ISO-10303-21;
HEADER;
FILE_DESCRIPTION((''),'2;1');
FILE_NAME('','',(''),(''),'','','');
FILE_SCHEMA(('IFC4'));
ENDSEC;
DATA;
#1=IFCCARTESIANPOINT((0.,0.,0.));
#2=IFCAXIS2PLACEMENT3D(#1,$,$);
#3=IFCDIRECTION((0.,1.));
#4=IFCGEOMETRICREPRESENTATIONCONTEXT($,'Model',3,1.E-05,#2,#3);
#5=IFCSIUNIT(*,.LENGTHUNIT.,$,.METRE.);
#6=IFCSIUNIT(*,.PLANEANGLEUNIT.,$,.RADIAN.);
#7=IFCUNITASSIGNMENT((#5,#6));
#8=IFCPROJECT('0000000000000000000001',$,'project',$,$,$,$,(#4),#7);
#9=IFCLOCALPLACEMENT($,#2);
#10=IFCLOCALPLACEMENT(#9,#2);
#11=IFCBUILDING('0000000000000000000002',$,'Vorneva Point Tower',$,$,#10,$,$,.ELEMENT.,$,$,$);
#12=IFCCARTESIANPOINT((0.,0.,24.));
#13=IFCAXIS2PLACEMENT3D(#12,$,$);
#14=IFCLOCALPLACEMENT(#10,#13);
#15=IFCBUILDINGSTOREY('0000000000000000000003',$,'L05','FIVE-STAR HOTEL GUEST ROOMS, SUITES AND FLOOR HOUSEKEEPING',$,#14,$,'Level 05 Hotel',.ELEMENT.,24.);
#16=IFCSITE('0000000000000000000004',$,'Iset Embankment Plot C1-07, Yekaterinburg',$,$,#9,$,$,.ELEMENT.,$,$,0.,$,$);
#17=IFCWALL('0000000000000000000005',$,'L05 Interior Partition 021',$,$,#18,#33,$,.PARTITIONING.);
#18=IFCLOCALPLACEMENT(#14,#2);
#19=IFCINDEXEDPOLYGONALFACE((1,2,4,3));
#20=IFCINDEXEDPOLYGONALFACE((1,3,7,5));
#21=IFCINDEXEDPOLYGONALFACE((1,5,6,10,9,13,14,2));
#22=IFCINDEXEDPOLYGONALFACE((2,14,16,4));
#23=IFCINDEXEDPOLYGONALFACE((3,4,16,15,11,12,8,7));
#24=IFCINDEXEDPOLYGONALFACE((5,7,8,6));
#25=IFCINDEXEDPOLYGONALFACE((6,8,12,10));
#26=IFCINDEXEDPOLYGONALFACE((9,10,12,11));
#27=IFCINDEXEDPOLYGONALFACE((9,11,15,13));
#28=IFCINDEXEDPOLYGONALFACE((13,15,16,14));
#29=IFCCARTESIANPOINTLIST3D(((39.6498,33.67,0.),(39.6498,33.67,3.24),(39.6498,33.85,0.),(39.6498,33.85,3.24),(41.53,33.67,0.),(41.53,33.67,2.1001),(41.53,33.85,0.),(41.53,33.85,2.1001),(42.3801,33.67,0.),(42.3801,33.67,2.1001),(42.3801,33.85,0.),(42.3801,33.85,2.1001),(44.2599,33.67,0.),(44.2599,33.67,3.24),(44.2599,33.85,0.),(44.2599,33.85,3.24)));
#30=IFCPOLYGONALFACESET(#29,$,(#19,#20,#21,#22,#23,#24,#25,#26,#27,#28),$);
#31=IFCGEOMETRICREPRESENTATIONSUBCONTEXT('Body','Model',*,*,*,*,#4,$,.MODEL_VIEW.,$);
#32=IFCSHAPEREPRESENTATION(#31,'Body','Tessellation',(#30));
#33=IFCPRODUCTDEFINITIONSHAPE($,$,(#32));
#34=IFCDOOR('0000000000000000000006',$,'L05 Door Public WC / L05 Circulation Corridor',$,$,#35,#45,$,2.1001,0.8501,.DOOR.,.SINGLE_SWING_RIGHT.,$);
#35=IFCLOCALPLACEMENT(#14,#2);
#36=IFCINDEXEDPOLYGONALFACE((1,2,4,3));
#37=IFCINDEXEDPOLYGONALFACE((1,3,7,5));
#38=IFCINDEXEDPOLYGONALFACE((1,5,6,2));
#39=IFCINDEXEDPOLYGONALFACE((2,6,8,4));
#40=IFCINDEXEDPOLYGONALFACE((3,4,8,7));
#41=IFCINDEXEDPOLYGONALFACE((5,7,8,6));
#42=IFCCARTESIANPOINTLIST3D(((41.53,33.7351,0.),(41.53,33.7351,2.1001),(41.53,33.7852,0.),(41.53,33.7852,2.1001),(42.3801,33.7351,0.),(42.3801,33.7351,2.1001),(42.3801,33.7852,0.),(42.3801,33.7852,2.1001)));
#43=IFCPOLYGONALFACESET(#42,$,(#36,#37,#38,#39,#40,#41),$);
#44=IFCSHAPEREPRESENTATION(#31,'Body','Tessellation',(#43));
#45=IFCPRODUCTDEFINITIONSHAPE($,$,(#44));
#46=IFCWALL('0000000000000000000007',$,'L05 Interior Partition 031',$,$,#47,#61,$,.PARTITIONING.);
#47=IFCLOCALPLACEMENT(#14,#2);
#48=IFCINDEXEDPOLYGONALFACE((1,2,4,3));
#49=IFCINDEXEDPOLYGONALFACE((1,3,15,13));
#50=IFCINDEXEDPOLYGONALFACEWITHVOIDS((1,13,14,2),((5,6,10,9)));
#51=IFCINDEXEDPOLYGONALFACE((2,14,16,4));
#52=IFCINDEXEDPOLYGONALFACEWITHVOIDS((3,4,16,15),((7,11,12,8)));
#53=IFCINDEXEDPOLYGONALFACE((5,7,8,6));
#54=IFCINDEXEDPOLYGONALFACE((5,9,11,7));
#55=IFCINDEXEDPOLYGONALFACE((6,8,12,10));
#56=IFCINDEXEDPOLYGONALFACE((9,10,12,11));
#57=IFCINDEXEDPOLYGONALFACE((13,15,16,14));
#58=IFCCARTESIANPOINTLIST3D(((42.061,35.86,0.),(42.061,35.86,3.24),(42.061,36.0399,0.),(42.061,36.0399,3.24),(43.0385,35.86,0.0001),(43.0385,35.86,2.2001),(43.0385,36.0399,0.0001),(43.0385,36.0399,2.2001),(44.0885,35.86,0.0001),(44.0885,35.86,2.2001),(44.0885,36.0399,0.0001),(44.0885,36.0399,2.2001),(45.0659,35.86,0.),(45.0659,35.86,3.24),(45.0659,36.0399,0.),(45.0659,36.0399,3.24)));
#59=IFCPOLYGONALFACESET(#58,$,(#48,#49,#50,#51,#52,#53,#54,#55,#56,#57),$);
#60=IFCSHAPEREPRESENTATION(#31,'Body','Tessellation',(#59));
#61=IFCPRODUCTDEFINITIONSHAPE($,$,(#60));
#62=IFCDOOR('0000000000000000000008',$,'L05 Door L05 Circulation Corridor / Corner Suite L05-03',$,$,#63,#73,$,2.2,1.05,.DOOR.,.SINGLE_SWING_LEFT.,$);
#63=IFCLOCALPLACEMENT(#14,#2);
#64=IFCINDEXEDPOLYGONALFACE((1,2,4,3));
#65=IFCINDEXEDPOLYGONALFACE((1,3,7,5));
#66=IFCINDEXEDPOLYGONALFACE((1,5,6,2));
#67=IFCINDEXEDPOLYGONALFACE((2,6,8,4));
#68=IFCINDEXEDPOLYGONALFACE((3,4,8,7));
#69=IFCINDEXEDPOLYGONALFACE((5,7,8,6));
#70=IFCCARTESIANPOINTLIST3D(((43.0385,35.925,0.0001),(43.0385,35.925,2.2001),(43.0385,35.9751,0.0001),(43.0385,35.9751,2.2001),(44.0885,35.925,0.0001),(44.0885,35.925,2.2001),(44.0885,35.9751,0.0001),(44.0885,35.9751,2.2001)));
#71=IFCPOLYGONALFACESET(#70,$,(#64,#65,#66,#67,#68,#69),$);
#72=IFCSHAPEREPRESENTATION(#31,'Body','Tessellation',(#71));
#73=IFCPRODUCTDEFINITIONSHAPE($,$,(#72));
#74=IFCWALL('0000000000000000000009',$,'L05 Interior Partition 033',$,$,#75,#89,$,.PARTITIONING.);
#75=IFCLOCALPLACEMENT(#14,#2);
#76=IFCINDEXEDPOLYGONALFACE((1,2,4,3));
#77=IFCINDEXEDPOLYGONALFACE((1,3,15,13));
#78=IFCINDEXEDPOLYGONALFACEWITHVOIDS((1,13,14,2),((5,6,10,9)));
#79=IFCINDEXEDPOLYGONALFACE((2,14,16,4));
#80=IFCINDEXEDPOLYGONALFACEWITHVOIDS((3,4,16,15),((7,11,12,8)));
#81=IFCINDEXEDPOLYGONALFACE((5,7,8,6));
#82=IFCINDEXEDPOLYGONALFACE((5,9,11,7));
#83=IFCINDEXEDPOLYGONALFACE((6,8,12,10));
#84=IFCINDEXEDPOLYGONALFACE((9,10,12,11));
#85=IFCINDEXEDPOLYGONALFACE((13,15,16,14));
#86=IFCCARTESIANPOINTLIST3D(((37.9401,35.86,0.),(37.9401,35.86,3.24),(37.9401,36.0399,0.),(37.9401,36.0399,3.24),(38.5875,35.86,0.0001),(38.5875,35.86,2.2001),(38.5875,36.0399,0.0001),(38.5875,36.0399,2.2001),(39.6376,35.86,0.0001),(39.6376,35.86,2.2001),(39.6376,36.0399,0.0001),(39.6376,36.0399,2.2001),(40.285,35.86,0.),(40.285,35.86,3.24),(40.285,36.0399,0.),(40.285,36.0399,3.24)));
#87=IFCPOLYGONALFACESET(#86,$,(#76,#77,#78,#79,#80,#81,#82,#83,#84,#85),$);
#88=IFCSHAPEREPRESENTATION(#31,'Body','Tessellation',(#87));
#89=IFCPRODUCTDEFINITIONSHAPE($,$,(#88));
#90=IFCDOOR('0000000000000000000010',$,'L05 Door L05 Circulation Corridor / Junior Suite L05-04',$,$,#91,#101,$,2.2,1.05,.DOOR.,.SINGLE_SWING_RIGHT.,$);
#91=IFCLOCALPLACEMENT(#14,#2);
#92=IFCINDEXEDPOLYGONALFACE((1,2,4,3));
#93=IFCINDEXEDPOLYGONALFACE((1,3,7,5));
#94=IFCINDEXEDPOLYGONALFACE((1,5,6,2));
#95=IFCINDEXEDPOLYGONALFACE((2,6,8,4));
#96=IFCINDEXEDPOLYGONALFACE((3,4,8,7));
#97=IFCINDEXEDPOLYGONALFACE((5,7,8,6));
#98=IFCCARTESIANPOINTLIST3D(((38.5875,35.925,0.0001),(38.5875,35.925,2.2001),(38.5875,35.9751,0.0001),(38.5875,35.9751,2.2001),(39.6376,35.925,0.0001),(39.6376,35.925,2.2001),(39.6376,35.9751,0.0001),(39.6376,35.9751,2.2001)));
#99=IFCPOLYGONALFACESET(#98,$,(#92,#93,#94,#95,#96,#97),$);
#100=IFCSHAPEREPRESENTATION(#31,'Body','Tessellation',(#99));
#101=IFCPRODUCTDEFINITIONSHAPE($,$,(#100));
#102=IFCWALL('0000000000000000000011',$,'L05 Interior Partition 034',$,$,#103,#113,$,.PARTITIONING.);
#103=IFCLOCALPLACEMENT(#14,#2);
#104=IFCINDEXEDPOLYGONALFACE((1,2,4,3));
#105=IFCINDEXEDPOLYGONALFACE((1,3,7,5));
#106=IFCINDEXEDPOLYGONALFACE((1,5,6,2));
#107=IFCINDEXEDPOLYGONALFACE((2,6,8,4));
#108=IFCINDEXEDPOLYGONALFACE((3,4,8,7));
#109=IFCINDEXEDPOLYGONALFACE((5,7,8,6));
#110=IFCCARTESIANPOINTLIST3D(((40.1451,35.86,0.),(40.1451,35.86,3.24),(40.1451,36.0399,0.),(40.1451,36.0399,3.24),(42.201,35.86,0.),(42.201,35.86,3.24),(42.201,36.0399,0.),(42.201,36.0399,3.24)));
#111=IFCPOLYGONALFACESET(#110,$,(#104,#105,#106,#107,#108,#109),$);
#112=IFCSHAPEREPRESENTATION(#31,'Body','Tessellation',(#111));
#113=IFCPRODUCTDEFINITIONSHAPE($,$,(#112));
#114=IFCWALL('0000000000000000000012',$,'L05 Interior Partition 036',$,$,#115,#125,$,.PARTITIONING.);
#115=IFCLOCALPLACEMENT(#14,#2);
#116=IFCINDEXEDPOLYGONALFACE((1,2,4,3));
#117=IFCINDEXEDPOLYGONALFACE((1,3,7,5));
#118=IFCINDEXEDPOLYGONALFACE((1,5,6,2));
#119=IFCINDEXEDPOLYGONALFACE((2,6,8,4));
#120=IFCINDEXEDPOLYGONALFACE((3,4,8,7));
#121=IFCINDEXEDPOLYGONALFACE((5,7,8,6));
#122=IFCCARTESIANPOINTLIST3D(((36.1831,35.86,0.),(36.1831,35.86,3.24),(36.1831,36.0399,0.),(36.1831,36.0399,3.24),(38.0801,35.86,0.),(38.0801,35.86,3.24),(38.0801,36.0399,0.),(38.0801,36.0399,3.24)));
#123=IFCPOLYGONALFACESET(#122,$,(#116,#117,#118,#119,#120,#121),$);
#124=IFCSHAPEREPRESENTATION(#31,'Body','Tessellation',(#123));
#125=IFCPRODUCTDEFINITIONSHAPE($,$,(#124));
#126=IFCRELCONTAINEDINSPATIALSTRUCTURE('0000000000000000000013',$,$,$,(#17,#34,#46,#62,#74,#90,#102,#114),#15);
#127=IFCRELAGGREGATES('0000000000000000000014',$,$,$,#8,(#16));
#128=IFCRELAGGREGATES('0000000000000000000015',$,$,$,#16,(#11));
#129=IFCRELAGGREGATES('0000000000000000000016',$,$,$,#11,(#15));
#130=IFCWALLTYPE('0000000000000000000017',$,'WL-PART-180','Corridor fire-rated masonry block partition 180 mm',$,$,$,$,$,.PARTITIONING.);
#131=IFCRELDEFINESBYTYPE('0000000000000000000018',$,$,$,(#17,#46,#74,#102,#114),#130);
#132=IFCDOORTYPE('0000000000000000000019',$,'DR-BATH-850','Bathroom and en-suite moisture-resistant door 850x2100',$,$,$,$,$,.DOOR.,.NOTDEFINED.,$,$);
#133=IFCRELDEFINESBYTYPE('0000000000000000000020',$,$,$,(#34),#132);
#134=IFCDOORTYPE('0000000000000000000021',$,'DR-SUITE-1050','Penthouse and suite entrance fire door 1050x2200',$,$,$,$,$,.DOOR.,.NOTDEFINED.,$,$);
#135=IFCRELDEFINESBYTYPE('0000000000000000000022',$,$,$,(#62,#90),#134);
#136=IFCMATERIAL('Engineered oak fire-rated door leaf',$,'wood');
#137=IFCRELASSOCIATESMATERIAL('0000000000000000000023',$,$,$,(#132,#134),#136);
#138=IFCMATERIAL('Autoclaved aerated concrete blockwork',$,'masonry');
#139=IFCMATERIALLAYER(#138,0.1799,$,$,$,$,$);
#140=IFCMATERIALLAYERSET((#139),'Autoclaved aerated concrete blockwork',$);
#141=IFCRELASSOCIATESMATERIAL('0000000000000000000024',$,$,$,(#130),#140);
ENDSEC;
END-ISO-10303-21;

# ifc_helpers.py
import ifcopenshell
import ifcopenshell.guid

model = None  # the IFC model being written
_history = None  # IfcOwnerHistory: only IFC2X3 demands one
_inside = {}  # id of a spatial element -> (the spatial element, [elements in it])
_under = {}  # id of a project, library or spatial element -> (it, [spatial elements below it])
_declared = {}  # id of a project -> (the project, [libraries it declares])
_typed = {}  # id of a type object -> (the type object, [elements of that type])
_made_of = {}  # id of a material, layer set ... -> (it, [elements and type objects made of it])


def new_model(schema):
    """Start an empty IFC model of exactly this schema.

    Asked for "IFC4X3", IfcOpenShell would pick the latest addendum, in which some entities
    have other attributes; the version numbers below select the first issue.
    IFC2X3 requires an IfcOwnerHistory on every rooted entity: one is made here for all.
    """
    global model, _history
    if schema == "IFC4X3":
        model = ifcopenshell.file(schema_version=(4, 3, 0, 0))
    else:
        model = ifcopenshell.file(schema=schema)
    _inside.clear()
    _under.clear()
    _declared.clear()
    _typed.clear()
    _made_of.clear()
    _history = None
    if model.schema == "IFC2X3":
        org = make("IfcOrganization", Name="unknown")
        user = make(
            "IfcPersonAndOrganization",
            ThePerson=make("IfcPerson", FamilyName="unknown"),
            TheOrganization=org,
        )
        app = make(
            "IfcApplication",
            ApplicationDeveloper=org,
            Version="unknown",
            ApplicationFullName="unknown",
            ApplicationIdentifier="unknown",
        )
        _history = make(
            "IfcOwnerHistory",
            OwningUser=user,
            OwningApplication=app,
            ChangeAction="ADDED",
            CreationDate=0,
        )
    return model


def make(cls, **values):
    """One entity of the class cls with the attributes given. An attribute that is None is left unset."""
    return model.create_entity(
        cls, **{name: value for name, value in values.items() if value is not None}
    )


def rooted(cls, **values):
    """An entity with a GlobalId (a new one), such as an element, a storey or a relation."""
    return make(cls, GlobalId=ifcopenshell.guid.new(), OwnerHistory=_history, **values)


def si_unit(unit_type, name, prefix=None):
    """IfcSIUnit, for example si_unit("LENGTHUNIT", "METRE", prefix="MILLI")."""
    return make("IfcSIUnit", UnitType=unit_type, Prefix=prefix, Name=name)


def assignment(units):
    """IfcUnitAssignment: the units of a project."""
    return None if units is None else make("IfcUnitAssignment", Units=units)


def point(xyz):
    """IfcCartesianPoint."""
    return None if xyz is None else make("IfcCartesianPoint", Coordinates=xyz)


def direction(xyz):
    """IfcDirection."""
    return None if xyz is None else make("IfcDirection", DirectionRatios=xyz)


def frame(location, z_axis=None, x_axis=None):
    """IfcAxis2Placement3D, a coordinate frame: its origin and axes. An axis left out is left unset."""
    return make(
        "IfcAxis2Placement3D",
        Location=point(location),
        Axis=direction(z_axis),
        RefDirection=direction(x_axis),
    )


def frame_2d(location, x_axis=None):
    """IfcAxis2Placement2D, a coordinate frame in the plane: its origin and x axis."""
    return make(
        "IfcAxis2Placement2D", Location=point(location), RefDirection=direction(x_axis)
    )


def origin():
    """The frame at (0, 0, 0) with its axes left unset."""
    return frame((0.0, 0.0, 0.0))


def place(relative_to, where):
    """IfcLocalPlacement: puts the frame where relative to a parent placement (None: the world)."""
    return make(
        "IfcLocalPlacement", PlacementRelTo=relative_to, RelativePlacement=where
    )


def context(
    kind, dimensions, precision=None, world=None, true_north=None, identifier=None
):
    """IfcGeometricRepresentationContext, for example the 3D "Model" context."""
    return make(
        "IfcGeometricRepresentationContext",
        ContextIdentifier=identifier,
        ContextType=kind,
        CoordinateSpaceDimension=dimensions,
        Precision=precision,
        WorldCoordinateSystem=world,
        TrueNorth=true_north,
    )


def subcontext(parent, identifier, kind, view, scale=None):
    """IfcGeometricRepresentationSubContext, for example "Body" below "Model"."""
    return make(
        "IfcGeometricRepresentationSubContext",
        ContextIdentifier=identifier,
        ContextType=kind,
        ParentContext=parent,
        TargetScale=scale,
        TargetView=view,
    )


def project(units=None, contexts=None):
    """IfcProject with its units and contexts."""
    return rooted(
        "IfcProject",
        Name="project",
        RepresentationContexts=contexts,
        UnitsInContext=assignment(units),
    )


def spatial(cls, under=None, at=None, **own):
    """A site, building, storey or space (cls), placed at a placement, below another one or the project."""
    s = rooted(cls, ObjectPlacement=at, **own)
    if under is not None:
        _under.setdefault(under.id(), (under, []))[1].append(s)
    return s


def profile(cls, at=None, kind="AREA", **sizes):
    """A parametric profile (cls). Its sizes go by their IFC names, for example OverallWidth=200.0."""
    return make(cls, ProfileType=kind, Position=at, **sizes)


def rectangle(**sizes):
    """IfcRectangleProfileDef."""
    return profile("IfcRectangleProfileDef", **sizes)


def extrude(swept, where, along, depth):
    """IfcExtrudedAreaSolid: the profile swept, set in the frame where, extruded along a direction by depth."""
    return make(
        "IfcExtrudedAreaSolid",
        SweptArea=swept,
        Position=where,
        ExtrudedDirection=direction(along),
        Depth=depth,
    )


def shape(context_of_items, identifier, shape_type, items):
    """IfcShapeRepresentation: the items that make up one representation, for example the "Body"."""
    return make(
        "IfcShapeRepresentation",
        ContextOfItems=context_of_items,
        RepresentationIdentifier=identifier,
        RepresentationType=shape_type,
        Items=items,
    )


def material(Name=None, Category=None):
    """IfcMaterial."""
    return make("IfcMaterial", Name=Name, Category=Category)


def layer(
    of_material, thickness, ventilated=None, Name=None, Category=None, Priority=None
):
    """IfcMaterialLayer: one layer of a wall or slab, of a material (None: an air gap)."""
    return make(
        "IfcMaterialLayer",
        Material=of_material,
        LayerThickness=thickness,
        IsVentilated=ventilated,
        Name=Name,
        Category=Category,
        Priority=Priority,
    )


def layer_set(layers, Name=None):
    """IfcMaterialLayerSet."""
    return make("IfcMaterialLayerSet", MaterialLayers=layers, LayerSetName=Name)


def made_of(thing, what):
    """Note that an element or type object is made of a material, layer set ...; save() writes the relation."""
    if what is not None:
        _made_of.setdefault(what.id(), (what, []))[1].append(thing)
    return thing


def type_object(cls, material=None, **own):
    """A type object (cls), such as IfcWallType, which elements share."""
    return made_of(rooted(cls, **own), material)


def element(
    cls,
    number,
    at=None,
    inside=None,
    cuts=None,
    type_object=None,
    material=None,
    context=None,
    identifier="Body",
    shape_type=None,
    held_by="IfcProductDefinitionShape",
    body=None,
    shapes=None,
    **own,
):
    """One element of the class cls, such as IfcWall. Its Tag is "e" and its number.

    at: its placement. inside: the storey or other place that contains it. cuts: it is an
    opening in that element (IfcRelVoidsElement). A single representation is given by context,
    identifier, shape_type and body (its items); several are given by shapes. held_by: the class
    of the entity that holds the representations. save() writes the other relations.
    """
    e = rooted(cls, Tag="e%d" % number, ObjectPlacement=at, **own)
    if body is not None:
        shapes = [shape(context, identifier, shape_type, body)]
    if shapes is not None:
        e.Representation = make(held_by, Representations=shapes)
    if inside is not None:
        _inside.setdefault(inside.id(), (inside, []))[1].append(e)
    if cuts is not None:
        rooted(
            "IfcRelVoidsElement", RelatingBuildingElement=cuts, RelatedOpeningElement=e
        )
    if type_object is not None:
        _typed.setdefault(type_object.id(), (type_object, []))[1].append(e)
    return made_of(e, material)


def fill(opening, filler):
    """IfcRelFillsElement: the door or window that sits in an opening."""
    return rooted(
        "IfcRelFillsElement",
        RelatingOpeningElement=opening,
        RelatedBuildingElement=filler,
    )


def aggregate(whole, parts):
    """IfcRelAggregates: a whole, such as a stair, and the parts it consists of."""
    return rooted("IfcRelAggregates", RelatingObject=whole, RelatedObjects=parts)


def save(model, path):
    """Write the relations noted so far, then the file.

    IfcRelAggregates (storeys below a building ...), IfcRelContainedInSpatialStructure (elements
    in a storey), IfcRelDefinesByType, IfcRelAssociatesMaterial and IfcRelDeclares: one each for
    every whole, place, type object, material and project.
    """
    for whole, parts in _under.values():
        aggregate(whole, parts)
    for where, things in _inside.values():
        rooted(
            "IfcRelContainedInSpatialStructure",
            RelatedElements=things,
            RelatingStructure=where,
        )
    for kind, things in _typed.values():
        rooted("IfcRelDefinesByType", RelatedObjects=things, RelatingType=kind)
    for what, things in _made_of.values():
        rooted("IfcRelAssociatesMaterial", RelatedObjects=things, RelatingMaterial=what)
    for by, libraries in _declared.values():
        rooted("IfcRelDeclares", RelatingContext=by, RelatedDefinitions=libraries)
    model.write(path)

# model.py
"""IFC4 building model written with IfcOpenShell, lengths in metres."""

from ifc_helpers import new_model, si_unit, direction, frame, frame_2d, origin, place, context, subcontext, project, spatial, rectangle, extrude, material, layer, layer_set, type_object, element, fill, save


model = new_model("IFC4")

# Units and contexts
model_context = context("Model", 3, precision=1e-05, world=origin(), true_north=direction((0.0, 1.0)))
body_context = subcontext(model_context, "Body", "Model", "MODEL_VIEW")
ifc_project = project(units=[si_unit("LENGTHUNIT", "METRE"), si_unit("PLANEANGLEUNIT", "RADIAN")], contexts=[model_context])

# Site, building, storey
site_placement = place(None, origin())
site = spatial("IfcSite", under=ifc_project, at=site_placement, Name="Iset Embankment Plot C1-07, Yekaterinburg", CompositionType="ELEMENT", RefElevation=0.0)
building_placement = place(site_placement, origin())
building = spatial("IfcBuilding", under=site, at=building_placement, Name="Vorneva Point Tower", CompositionType="ELEMENT")
storey_placement = place(building_placement, frame((0.0, 0.0, 24.0)))
storey = spatial("IfcBuildingStorey", under=building, at=storey_placement, Name="L05", Description="FIVE-STAR HOTEL GUEST ROOMS, SUITES AND FLOOR HOUSEKEEPING", LongName="Level 05 Hotel", CompositionType="ELEMENT", Elevation=24.0)

# Shared definitions
ifc_material_1 = material(Name="Engineered oak fire-rated door leaf", Category="wood")
door_type_1 = type_object("IfcDoorType", Name="DR-BATH-850", Description="Bathroom and en-suite moisture-resistant door 850x2100", OperationType="NOTDEFINED", PredefinedType="DOOR", material=ifc_material_1)

# Walls, openings, doors
ifc_material_2 = material(Name="Autoclaved aerated concrete blockwork", Category="masonry")
ifc_layer_1 = layer(ifc_material_2, 0.1799)
ifc_layer_set_1 = layer_set([ifc_layer_1], Name="Autoclaved aerated concrete blockwork")
wall_type_1 = type_object("IfcWallType", Name="WL-PART-180", Description="Corridor fire-rated masonry block partition 180 mm", PredefinedType="PARTITIONING", material=ifc_layer_set_1)
wall_1_placement = place(storey_placement, frame((44.26, 33.76, 0.0), z_axis=(0.0, 0.0, 1.0), x_axis=(-1.0, 0.0, 0.0)))
wall_1 = element("IfcWall", 1, at=wall_1_placement, inside=storey, type_object=wall_type_1, Name="L05 Interior Partition 021", PredefinedType="PARTITIONING", context=body_context, shape_type="SweptSolid", body=[
    extrude(rectangle(XDim=4.6101, YDim=0.1799, at=frame_2d((2.3052, 0.0))), origin(), (0.0, 0.0, 1.0), 3.24),
])
opening_1_placement = place(wall_1_placement, frame((1.8799, 0.0, 0.0)))
opening_1 = element("IfcOpeningElement", 2, at=opening_1_placement, cuts=wall_1, PredefinedType="OPENING", context=body_context, shape_type="SweptSolid", body=[
    extrude(rectangle(XDim=0.8501, YDim=2.1001, at=frame_2d((0.425, 1.05))), frame((0.0, 0.105, 0.0), z_axis=(0.0, -1.0, 0.0), x_axis=(1.0, 0.0, 0.0)), (0.0, 0.0, 1.0), 0.2097),
])
door_1_placement = place(opening_1_placement, origin())
door_1 = element("IfcDoor", 3, at=door_1_placement, inside=storey, type_object=door_type_1, Name="L05 Door Public WC / L05 Circulation Corridor", OperationType="SINGLE_SWING_RIGHT", OverallHeight=2.1001, OverallWidth=0.8501, PredefinedType="DOOR", context=body_context, shape_type="SweptSolid", body=[
    extrude(rectangle(XDim=0.8501, YDim=2.1001, at=frame_2d((0.425, 1.05))), frame((0.0, 0.0249, 0.0), z_axis=(0.0, -1.0, 0.0), x_axis=(1.0, 0.0, 0.0)), (0.0, 0.0, 1.0), 0.05),
])
fill(opening_1, door_1)
wall_2_placement = place(storey_placement, frame((45.0659, 35.95, 0.0), z_axis=(0.0, 0.0, 1.0), x_axis=(-1.0, 0.0, 0.0)))
wall_2 = element("IfcWall", 4, at=wall_2_placement, inside=storey, type_object=wall_type_1, Name="L05 Interior Partition 031", PredefinedType="PARTITIONING", context=body_context, shape_type="SweptSolid", body=[
    extrude(rectangle(XDim=3.0049, YDim=0.1799, at=frame_2d((1.5024, 0.0))), origin(), (0.0, 0.0, 1.0), 3.24),
])
opening_2_placement = place(wall_2_placement, frame((0.9775, 0.0, 0.0)))
opening_2 = element("IfcOpeningElement", 5, at=opening_2_placement, cuts=wall_2, PredefinedType="OPENING", context=body_context, shape_type="SweptSolid", body=[
    extrude(rectangle(XDim=1.05, YDim=2.2, at=frame_2d((0.5249, 1.1001))), frame((0.0, 0.105, 0.0), z_axis=(0.0, -1.0, 0.0), x_axis=(1.0, 0.0, 0.0)), (0.0, 0.0, 1.0), 0.2097),
])
door_type_2 = type_object("IfcDoorType", Name="DR-SUITE-1050", Description="Penthouse and suite entrance fire door 1050x2200", OperationType="NOTDEFINED", PredefinedType="DOOR", material=ifc_material_1)
door_2_placement = place(opening_2_placement, origin())
door_2 = element("IfcDoor", 6, at=door_2_placement, inside=storey, type_object=door_type_2, Name="L05 Door L05 Circulation Corridor / Corner Suite L05-03", OperationType="SINGLE_SWING_LEFT", OverallHeight=2.2, OverallWidth=1.05, PredefinedType="DOOR", context=body_context, shape_type="SweptSolid", body=[
    extrude(rectangle(XDim=1.05, YDim=2.2, at=frame_2d((0.5249, 1.1001))), frame((0.0, 0.0249, 0.0), z_axis=(0.0, -1.0, 0.0), x_axis=(1.0, 0.0, 0.0)), (0.0, 0.0, 1.0), 0.05),
])
fill(opening_2, door_2)
wall_3_placement = place(storey_placement, frame((40.2849, 35.95, 0.0), z_axis=(0.0, 0.0, 1.0), x_axis=(-1.0, 0.0, 0.0)))
wall_3 = element("IfcWall", 7, at=wall_3_placement, inside=storey, type_object=wall_type_1, Name="L05 Interior Partition 033", PredefinedType="PARTITIONING", context=body_context, shape_type="SweptSolid", body=[
    extrude(rectangle(XDim=2.345, YDim=0.1799, at=frame_2d((1.1724, 0.0))), origin(), (0.0, 0.0, 1.0), 3.24),
])
opening_3_placement = place(wall_3_placement, frame((0.6475, 0.0, 0.0)))
opening_3 = element("IfcOpeningElement", 8, at=opening_3_placement, cuts=wall_3, PredefinedType="OPENING", context=body_context, shape_type="SweptSolid", body=[
    extrude(rectangle(XDim=1.05, YDim=2.2, at=frame_2d((0.5249, 1.1001))), frame((0.0, 0.105, 0.0), z_axis=(0.0, -1.0, 0.0), x_axis=(1.0, 0.0, 0.0)), (0.0, 0.0, 1.0), 0.2097),
])
door_3_placement = place(opening_3_placement, origin())
door_3 = element("IfcDoor", 9, at=door_3_placement, inside=storey, type_object=door_type_2, Name="L05 Door L05 Circulation Corridor / Junior Suite L05-04", OperationType="SINGLE_SWING_RIGHT", OverallHeight=2.2, OverallWidth=1.05, PredefinedType="DOOR", context=body_context, shape_type="SweptSolid", body=[
    extrude(rectangle(XDim=1.05, YDim=2.2, at=frame_2d((0.5249, 1.1001))), frame((0.0, 0.0249, 0.0), z_axis=(0.0, -1.0, 0.0), x_axis=(1.0, 0.0, 0.0)), (0.0, 0.0, 1.0), 0.05),
])
fill(opening_3, door_3)

# Walls
wall_4_placement = place(storey_placement, frame((42.2009, 35.95, 0.0), z_axis=(0.0, 0.0, 1.0), x_axis=(-1.0, 0.0, 0.0)))
element("IfcWall", 10, at=wall_4_placement, inside=storey, type_object=wall_type_1, Name="L05 Interior Partition 034", PredefinedType="PARTITIONING", context=body_context, shape_type="SweptSolid", body=[
    extrude(rectangle(XDim=2.0559, YDim=0.1799, at=frame_2d((1.0278, 0.0))), origin(), (0.0, 0.0, 1.0), 3.24),
])
wall_5_placement = place(storey_placement, frame((38.0801, 35.95, 0.0), z_axis=(0.0, 0.0, 1.0), x_axis=(-1.0, 0.0, 0.0)))
element("IfcWall", 11, at=wall_5_placement, inside=storey, type_object=wall_type_1, Name="L05 Interior Partition 036", PredefinedType="PARTITIONING", context=body_context, shape_type="SweptSolid", body=[
    extrude(rectangle(XDim=1.897, YDim=0.1799, at=frame_2d((0.9485, 0.0))), origin(), (0.0, 0.0, 1.0), 3.24),
])

save(model, "model.ifc")
